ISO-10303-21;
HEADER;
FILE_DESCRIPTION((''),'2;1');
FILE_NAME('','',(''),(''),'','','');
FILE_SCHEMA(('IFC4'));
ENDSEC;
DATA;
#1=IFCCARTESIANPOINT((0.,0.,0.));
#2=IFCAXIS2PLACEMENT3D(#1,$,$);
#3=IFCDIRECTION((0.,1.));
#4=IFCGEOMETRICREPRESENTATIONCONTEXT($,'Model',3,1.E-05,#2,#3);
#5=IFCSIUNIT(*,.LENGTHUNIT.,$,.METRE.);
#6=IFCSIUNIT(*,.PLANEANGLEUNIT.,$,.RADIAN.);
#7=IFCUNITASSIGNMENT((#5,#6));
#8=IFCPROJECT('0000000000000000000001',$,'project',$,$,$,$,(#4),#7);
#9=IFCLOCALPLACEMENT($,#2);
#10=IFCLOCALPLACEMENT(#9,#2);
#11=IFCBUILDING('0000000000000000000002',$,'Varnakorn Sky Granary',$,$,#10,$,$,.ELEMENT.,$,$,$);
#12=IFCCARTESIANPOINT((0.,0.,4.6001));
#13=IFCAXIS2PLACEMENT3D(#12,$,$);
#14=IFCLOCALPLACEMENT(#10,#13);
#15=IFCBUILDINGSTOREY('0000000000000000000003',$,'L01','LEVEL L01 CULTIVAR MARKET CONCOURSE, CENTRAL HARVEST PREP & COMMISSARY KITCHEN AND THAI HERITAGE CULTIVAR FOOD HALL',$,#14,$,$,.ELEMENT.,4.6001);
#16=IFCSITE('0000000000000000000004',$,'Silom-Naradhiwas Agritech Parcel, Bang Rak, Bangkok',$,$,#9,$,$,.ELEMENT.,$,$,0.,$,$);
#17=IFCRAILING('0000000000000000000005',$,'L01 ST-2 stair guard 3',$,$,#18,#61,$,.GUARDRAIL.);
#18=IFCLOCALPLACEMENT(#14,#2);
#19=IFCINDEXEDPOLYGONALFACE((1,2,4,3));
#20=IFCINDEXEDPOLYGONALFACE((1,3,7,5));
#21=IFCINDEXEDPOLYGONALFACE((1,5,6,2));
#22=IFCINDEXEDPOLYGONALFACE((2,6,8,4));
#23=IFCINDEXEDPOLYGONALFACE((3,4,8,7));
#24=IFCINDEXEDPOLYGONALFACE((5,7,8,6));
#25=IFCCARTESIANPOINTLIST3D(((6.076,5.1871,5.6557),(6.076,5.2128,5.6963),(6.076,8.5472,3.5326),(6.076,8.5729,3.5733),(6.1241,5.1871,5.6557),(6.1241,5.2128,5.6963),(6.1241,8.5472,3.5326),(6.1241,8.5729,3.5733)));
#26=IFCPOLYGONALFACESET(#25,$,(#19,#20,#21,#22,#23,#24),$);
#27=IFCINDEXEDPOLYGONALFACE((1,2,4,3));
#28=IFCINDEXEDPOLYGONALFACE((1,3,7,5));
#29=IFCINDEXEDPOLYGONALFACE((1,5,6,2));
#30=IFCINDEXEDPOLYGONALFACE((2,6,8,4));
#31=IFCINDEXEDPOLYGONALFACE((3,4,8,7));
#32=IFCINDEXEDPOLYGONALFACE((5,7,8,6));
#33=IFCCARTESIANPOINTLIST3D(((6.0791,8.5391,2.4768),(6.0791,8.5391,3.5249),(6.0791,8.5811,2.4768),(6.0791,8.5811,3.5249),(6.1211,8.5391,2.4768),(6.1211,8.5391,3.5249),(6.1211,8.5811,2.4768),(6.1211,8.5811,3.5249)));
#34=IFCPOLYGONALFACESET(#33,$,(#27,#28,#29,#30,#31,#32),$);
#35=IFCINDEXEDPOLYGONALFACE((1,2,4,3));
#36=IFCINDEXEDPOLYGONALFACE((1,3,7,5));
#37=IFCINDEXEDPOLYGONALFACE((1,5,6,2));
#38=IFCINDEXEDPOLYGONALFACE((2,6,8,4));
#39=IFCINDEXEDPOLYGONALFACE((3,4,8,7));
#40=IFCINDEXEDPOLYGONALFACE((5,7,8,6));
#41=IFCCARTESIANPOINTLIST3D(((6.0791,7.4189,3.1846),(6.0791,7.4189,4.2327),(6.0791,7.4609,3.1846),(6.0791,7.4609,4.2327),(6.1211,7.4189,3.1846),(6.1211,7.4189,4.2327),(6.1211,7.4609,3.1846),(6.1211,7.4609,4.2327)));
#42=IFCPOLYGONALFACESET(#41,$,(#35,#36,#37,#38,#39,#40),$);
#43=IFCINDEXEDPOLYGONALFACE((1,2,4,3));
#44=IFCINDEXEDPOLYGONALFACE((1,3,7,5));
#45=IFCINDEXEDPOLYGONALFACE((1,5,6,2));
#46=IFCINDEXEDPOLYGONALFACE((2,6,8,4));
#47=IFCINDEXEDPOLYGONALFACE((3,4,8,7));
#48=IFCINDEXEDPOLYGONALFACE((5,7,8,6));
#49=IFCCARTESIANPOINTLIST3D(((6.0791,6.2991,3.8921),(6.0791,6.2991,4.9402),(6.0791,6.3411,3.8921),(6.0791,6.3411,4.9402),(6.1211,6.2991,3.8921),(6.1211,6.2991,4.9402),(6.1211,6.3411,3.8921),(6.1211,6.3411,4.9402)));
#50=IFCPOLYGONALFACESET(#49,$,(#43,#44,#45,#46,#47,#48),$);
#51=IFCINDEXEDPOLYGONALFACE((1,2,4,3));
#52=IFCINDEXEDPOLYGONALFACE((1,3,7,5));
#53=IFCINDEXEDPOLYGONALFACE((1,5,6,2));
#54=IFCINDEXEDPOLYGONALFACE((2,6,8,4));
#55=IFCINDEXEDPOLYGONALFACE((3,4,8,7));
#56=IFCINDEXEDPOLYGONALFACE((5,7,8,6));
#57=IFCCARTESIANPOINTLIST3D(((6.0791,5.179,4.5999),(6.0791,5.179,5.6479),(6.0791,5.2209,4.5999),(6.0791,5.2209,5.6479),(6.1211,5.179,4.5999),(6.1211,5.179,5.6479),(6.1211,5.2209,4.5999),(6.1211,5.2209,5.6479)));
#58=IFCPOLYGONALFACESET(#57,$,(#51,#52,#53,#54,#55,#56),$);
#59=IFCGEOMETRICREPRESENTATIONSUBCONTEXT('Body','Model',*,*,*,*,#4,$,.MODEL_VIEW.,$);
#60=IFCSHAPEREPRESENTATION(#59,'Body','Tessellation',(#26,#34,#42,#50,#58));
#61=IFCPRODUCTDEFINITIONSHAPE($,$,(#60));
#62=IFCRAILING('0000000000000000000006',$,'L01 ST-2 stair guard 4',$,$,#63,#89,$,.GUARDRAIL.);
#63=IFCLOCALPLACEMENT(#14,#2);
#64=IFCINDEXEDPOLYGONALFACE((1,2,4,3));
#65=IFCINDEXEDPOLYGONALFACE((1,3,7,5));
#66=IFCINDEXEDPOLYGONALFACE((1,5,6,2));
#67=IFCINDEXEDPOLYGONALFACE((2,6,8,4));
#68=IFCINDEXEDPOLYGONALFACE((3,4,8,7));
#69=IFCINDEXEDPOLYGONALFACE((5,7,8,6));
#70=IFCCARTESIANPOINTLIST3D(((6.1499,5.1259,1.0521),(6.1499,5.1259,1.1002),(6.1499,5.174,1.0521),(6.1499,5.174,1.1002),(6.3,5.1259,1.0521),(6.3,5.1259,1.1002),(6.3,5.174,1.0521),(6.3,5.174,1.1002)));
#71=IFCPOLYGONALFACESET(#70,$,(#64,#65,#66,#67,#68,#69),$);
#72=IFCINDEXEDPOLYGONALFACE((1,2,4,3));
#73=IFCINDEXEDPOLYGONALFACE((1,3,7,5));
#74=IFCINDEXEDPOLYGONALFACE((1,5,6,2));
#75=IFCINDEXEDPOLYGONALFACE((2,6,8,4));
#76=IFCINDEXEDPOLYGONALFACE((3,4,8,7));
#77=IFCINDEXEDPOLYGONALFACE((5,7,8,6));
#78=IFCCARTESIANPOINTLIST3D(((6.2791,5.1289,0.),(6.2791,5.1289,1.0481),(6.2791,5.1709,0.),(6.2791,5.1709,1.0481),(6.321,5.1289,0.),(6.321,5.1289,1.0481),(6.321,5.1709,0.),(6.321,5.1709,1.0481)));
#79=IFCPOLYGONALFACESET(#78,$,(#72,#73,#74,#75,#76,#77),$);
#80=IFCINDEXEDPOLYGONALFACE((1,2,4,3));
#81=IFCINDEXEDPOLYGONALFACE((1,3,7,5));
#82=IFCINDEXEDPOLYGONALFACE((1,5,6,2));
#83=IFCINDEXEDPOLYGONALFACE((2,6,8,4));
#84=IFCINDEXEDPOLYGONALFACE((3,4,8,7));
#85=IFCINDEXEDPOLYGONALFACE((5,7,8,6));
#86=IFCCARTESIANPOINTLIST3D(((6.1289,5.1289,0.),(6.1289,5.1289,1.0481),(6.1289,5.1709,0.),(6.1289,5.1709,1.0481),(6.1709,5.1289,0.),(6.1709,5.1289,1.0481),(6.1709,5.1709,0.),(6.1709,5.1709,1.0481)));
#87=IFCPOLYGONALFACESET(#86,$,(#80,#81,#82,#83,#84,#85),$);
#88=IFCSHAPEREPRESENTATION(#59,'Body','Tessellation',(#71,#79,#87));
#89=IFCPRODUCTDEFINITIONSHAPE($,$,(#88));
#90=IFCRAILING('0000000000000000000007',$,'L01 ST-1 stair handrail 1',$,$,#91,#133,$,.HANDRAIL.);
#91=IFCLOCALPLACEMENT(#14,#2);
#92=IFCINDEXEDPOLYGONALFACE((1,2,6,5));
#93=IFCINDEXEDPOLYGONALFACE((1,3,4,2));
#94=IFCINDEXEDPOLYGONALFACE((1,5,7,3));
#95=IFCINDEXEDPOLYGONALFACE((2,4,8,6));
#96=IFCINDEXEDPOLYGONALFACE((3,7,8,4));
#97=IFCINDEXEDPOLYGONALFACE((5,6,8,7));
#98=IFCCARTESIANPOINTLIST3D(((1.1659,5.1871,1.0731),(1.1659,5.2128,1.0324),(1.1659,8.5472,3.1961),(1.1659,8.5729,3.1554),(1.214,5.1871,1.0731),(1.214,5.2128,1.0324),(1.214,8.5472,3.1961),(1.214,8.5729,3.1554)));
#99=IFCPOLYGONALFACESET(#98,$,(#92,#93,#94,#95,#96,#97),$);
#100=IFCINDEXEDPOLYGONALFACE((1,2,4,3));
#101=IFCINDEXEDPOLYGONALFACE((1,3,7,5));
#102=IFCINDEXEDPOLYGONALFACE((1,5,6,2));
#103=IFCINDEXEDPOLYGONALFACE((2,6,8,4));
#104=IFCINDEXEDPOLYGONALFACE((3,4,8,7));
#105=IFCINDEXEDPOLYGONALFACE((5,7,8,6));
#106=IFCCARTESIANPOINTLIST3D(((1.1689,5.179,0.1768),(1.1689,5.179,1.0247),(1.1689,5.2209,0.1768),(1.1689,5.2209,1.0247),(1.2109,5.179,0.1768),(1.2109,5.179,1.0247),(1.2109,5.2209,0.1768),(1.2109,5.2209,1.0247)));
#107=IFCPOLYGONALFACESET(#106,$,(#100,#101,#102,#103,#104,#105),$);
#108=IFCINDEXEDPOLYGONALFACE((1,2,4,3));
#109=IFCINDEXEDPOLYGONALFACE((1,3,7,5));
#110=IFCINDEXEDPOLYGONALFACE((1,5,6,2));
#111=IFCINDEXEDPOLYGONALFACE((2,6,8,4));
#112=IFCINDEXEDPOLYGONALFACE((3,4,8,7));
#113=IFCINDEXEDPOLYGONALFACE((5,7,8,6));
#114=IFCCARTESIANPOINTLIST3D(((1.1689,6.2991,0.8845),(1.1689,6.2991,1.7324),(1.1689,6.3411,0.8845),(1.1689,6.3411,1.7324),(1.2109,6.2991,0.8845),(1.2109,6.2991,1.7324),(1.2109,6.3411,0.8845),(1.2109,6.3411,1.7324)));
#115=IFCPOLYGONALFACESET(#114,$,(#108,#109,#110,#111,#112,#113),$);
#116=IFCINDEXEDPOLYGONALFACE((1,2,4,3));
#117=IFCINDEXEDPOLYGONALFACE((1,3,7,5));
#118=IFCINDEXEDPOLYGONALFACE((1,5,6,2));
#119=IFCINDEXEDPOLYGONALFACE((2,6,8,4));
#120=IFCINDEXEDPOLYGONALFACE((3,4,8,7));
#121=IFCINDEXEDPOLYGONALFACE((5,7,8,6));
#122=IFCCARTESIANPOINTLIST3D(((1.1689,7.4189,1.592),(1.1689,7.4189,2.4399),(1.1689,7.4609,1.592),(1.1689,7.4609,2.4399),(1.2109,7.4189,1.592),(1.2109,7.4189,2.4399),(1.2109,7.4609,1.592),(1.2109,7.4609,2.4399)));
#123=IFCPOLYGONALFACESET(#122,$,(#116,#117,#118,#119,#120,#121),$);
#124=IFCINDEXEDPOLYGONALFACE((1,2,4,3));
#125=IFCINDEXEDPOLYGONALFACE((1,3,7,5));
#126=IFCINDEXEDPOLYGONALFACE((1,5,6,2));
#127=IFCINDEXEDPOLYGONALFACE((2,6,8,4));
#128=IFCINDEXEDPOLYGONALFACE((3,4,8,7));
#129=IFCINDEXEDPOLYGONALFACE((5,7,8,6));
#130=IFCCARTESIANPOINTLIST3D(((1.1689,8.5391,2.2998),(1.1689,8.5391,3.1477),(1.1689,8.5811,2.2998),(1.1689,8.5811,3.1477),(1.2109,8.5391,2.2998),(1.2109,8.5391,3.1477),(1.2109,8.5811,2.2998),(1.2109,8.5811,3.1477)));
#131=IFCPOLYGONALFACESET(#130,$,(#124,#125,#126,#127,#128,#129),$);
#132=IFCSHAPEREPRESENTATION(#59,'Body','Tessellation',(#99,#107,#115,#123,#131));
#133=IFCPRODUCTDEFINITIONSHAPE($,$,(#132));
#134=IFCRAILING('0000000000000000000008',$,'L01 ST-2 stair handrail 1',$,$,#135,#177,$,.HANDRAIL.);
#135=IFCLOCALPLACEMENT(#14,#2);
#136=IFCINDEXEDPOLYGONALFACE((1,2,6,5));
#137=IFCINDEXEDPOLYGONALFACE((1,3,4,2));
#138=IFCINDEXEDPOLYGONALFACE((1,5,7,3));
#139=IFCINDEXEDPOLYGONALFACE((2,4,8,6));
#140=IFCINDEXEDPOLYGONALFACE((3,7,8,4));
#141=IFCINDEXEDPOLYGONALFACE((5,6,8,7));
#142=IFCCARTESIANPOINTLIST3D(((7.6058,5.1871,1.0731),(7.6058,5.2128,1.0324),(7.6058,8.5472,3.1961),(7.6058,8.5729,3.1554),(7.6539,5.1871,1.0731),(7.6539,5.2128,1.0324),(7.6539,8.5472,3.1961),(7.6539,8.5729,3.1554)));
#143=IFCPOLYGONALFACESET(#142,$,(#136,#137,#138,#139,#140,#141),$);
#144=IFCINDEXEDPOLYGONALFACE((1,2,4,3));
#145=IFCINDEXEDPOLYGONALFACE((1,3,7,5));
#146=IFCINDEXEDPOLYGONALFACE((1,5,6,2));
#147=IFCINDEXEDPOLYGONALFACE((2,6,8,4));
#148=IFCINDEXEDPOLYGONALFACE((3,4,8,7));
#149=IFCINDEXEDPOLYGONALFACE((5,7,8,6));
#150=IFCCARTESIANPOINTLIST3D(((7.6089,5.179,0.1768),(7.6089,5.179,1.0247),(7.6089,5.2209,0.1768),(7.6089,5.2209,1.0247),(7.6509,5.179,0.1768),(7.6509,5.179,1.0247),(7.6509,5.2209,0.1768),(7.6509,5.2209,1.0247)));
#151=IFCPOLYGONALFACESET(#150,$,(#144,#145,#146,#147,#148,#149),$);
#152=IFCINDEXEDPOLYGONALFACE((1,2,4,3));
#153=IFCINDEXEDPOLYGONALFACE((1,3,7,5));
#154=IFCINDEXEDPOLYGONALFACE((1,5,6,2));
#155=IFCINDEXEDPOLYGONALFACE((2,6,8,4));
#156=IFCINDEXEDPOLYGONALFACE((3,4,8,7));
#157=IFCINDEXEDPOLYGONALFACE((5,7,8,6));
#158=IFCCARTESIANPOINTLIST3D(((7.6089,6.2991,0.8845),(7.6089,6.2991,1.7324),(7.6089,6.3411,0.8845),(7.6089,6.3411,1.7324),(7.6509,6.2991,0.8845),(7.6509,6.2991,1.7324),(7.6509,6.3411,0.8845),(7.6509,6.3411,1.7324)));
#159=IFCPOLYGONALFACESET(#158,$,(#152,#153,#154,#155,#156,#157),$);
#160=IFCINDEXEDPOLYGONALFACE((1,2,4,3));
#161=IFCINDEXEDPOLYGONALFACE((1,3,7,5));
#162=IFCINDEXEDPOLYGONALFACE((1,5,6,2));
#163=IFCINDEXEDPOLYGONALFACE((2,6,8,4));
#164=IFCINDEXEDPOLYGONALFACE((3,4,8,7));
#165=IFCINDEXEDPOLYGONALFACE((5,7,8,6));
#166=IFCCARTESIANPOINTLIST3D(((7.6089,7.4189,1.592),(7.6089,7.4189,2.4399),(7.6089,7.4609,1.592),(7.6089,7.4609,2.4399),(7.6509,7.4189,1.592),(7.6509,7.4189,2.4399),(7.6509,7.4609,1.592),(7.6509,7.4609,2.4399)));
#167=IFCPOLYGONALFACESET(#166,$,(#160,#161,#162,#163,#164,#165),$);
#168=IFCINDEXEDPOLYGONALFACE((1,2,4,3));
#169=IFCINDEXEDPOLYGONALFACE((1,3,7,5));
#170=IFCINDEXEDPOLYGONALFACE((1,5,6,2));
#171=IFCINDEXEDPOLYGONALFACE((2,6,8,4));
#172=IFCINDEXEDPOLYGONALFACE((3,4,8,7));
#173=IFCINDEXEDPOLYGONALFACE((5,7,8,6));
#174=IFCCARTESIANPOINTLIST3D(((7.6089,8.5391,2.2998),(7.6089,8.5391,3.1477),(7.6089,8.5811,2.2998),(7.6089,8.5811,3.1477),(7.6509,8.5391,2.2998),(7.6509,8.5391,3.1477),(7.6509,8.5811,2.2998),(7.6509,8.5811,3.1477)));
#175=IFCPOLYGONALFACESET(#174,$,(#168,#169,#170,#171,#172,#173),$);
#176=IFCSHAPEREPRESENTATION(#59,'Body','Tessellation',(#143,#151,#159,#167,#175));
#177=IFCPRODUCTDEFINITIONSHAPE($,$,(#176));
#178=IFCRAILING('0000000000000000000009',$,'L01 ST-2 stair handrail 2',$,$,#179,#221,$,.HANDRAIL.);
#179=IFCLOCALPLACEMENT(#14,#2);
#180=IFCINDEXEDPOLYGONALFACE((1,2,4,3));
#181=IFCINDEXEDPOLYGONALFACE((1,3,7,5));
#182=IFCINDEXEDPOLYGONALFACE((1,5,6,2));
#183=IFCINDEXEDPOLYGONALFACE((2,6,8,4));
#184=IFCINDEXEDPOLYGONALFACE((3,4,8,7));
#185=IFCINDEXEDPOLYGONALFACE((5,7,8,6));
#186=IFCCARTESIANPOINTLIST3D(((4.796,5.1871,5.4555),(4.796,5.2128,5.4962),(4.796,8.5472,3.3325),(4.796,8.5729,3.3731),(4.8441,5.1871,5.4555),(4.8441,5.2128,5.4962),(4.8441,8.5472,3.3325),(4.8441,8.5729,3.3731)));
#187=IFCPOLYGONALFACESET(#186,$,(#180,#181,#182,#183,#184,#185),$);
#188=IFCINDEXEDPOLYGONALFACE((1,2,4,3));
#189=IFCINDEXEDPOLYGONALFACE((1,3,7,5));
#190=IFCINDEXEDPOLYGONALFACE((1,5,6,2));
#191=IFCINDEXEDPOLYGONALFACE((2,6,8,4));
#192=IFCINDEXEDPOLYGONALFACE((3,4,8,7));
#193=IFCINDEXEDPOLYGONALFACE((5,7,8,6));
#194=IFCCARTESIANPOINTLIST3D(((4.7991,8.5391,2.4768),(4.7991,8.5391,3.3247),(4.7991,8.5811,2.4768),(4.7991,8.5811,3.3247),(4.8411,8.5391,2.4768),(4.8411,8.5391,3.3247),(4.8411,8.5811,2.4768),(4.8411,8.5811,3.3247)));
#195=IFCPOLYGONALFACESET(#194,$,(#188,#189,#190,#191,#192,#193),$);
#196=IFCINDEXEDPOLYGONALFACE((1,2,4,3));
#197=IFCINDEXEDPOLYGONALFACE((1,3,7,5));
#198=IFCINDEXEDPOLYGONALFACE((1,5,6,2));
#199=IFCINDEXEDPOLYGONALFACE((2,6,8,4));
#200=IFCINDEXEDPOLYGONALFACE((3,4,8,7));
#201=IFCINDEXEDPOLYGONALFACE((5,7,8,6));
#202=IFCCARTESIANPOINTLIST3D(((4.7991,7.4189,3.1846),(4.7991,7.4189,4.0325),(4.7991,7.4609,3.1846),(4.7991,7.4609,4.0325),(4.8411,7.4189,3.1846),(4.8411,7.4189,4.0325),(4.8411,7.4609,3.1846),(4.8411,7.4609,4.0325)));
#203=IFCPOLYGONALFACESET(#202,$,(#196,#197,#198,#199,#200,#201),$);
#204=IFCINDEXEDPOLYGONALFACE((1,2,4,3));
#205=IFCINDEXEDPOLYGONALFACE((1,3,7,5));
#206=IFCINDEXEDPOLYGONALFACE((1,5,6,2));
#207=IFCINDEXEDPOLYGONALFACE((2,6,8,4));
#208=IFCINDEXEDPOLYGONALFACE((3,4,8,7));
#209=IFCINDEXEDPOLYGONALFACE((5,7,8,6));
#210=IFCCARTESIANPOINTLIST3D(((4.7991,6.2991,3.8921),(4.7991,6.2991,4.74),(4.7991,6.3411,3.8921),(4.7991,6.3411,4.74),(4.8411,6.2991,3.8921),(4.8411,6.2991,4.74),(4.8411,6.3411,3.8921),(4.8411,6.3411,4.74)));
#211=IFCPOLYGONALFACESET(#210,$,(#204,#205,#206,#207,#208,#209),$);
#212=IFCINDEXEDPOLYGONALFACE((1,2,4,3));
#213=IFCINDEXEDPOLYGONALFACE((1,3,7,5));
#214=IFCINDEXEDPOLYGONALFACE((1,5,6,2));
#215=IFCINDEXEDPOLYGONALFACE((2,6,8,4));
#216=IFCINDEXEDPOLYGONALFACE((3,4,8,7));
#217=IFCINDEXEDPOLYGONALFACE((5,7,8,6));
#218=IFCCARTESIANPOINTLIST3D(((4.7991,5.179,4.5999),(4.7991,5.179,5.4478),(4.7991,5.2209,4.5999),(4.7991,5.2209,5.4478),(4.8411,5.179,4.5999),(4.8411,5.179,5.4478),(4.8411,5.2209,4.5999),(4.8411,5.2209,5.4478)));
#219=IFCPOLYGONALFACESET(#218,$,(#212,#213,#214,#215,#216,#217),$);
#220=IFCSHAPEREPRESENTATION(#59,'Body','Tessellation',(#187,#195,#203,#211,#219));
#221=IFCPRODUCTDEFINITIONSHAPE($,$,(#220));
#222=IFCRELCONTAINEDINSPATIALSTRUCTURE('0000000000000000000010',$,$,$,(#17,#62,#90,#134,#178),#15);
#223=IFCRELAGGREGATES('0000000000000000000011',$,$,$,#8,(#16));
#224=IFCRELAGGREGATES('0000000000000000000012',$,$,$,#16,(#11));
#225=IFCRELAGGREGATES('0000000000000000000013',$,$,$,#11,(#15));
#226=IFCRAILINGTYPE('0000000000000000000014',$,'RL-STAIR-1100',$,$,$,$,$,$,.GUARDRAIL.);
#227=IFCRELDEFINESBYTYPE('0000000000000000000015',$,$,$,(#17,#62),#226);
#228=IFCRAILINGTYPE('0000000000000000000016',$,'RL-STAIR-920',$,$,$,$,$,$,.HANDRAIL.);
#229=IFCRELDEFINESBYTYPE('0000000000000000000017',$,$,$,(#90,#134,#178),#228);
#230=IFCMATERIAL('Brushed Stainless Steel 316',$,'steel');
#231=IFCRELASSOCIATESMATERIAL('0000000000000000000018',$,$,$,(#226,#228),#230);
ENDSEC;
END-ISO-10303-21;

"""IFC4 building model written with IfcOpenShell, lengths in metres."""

from ifc_helpers import new_model, si_unit, direction, frame, origin, origin_2d, place, context, subcontext, project, spatial, rectangle, extrude, material, type_object, element, save


model = new_model("IFC4")

# Units and contexts
model_context = context("Model", 3, precision=1e-05, world=origin(), true_north=direction((0.0, 1.0)))
body_context = subcontext(model_context, "Body", "Model", "MODEL_VIEW")
ifc_project = project(units=[si_unit("LENGTHUNIT", "METRE"), si_unit("PLANEANGLEUNIT", "RADIAN")], contexts=[model_context])

# Site, building, storey
site_placement = place(None, origin())
site = spatial("IfcSite", under=ifc_project, at=site_placement, Name="Silom-Naradhiwas Agritech Parcel, Bang Rak, Bangkok", CompositionType="ELEMENT", RefElevation=0.0)
building_placement = place(site_placement, origin())
building = spatial("IfcBuilding", under=site, at=building_placement, Name="Varnakorn Sky Granary", CompositionType="ELEMENT")
storey_placement = place(building_placement, frame((0.0, 0.0, 4.6001)))
storey = spatial("IfcBuildingStorey", under=building, at=storey_placement, Name="L01", Description="LEVEL L01 CULTIVAR MARKET CONCOURSE, CENTRAL HARVEST PREP & COMMISSARY KITCHEN AND THAI HERITAGE CULTIVAR FOOD HALL", CompositionType="ELEMENT", Elevation=4.6001)

# Railings
ifc_material_1 = material(Name="Brushed Stainless Steel 316", Category="steel")
railing_type_1 = type_object("IfcRailingType", Name="RL-STAIR-1100", PredefinedType="GUARDRAIL", material=ifc_material_1)
railing_1_placement = place(storey_placement, frame((6.1001, 8.5601, 2.4768)))
element("IfcRailing", 1, at=railing_1_placement, inside=storey, type_object=railing_type_1, Name="L01 ST-2 stair guard 3", PredefinedType="GUARDRAIL", context=body_context, shape_type="SweptSolid", body=[
    extrude(rectangle(XDim=0.0481, YDim=0.0481, at=origin_2d()), frame((0.0, 0.0, 1.0762), z_axis=(0.0, -0.84539, 0.53415), x_axis=(1.0, 0.0, 0.0)), (0.0, 0.0, 1.0), 3.9746),
    extrude(rectangle(XDim=0.042, YDim=0.042, at=origin_2d()), origin(), (0.0, 0.0, 1.0), 1.0481),
    extrude(rectangle(XDim=0.042, YDim=0.042, at=origin_2d()), frame((0.0, -1.1201, 0.7078)), (0.0, 0.0, 1.0), 1.0481),
    extrude(rectangle(XDim=0.042, YDim=0.042, at=origin_2d()), frame((0.0, -2.24, 1.4153)), (0.0, 0.0, 1.0), 1.0481),
    extrude(rectangle(XDim=0.042, YDim=0.042, at=origin_2d()), frame((0.0, -3.3601, 2.123)), (0.0, 0.0, 1.0), 1.0481),
])
railing_2_placement = place(storey_placement, frame((6.3, 5.1499, 0.0)))
element("IfcRailing", 2, at=railing_2_placement, inside=storey, type_object=railing_type_1, Name="L01 ST-2 stair guard 4", PredefinedType="GUARDRAIL", context=body_context, shape_type="SweptSolid", body=[
    extrude(rectangle(XDim=0.0481, YDim=0.0481, at=origin_2d()), frame((0.0, 0.0, 1.0762), z_axis=(-1.0, 0.0, 0.0), x_axis=(0.0, -1.0, 0.0)), (0.0, 0.0, 1.0), 0.1501),
    extrude(rectangle(XDim=0.042, YDim=0.042, at=origin_2d()), origin(), (0.0, 0.0, 1.0), 1.0481),
    extrude(rectangle(XDim=0.042, YDim=0.042, at=origin_2d()), frame((-0.1501, 0.0, 0.0)), (0.0, 0.0, 1.0), 1.0481),
])
railing_type_2 = type_object("IfcRailingType", Name="RL-STAIR-920", PredefinedType="HANDRAIL", material=ifc_material_1)
for number, where, name in (
    (3, (1.1899, 5.2, 0.1768), "L01 ST-1 stair handrail 1"),
    (4, (7.6299, 5.2, 0.1768), "L01 ST-2 stair handrail 1"),
):
    element("IfcRailing", number, at=place(storey_placement, frame(where)), inside=storey, type_object=railing_type_2, Name=name, PredefinedType="HANDRAIL", context=body_context, shape_type="SweptSolid", body=[
        extrude(rectangle(XDim=0.0481, YDim=0.0481, at=origin_2d()), frame((0.0, 0.0, 0.876), z_axis=(0.0, 0.84539, 0.53415), x_axis=(-1.0, 0.0, 0.0)), (0.0, 0.0, 1.0), 3.9746),
        extrude(rectangle(XDim=0.042, YDim=0.042, at=origin_2d()), origin(), (0.0, 0.0, 1.0), 0.8479),
        extrude(rectangle(XDim=0.042, YDim=0.042, at=origin_2d()), frame((0.0, 1.1201, 0.7078)), (0.0, 0.0, 1.0), 0.8479),
        extrude(rectangle(XDim=0.042, YDim=0.042, at=origin_2d()), frame((0.0, 2.24, 1.4153)), (0.0, 0.0, 1.0), 0.8479),
        extrude(rectangle(XDim=0.042, YDim=0.042, at=origin_2d()), frame((0.0, 3.3601, 2.123)), (0.0, 0.0, 1.0), 0.8479),
    ])
railing_3_placement = place(storey_placement, frame((4.8201, 8.5601, 2.4768)))
element("IfcRailing", 5, at=railing_3_placement, inside=storey, type_object=railing_type_2, Name="L01 ST-2 stair handrail 2", PredefinedType="HANDRAIL", context=body_context, shape_type="SweptSolid", body=[
    extrude(rectangle(XDim=0.0481, YDim=0.0481, at=origin_2d()), frame((0.0, 0.0, 0.876), z_axis=(0.0, -0.84539, 0.53415), x_axis=(1.0, 0.0, 0.0)), (0.0, 0.0, 1.0), 3.9746),
    extrude(rectangle(XDim=0.042, YDim=0.042, at=origin_2d()), origin(), (0.0, 0.0, 1.0), 0.8479),
    extrude(rectangle(XDim=0.042, YDim=0.042, at=origin_2d()), frame((0.0, -1.1201, 0.7078)), (0.0, 0.0, 1.0), 0.8479),
    extrude(rectangle(XDim=0.042, YDim=0.042, at=origin_2d()), frame((0.0, -2.24, 1.4153)), (0.0, 0.0, 1.0), 0.8479),
    extrude(rectangle(XDim=0.042, YDim=0.042, at=origin_2d()), frame((0.0, -3.3601, 2.123)), (0.0, 0.0, 1.0), 0.8479),
])

save(model, "model.ifc")
